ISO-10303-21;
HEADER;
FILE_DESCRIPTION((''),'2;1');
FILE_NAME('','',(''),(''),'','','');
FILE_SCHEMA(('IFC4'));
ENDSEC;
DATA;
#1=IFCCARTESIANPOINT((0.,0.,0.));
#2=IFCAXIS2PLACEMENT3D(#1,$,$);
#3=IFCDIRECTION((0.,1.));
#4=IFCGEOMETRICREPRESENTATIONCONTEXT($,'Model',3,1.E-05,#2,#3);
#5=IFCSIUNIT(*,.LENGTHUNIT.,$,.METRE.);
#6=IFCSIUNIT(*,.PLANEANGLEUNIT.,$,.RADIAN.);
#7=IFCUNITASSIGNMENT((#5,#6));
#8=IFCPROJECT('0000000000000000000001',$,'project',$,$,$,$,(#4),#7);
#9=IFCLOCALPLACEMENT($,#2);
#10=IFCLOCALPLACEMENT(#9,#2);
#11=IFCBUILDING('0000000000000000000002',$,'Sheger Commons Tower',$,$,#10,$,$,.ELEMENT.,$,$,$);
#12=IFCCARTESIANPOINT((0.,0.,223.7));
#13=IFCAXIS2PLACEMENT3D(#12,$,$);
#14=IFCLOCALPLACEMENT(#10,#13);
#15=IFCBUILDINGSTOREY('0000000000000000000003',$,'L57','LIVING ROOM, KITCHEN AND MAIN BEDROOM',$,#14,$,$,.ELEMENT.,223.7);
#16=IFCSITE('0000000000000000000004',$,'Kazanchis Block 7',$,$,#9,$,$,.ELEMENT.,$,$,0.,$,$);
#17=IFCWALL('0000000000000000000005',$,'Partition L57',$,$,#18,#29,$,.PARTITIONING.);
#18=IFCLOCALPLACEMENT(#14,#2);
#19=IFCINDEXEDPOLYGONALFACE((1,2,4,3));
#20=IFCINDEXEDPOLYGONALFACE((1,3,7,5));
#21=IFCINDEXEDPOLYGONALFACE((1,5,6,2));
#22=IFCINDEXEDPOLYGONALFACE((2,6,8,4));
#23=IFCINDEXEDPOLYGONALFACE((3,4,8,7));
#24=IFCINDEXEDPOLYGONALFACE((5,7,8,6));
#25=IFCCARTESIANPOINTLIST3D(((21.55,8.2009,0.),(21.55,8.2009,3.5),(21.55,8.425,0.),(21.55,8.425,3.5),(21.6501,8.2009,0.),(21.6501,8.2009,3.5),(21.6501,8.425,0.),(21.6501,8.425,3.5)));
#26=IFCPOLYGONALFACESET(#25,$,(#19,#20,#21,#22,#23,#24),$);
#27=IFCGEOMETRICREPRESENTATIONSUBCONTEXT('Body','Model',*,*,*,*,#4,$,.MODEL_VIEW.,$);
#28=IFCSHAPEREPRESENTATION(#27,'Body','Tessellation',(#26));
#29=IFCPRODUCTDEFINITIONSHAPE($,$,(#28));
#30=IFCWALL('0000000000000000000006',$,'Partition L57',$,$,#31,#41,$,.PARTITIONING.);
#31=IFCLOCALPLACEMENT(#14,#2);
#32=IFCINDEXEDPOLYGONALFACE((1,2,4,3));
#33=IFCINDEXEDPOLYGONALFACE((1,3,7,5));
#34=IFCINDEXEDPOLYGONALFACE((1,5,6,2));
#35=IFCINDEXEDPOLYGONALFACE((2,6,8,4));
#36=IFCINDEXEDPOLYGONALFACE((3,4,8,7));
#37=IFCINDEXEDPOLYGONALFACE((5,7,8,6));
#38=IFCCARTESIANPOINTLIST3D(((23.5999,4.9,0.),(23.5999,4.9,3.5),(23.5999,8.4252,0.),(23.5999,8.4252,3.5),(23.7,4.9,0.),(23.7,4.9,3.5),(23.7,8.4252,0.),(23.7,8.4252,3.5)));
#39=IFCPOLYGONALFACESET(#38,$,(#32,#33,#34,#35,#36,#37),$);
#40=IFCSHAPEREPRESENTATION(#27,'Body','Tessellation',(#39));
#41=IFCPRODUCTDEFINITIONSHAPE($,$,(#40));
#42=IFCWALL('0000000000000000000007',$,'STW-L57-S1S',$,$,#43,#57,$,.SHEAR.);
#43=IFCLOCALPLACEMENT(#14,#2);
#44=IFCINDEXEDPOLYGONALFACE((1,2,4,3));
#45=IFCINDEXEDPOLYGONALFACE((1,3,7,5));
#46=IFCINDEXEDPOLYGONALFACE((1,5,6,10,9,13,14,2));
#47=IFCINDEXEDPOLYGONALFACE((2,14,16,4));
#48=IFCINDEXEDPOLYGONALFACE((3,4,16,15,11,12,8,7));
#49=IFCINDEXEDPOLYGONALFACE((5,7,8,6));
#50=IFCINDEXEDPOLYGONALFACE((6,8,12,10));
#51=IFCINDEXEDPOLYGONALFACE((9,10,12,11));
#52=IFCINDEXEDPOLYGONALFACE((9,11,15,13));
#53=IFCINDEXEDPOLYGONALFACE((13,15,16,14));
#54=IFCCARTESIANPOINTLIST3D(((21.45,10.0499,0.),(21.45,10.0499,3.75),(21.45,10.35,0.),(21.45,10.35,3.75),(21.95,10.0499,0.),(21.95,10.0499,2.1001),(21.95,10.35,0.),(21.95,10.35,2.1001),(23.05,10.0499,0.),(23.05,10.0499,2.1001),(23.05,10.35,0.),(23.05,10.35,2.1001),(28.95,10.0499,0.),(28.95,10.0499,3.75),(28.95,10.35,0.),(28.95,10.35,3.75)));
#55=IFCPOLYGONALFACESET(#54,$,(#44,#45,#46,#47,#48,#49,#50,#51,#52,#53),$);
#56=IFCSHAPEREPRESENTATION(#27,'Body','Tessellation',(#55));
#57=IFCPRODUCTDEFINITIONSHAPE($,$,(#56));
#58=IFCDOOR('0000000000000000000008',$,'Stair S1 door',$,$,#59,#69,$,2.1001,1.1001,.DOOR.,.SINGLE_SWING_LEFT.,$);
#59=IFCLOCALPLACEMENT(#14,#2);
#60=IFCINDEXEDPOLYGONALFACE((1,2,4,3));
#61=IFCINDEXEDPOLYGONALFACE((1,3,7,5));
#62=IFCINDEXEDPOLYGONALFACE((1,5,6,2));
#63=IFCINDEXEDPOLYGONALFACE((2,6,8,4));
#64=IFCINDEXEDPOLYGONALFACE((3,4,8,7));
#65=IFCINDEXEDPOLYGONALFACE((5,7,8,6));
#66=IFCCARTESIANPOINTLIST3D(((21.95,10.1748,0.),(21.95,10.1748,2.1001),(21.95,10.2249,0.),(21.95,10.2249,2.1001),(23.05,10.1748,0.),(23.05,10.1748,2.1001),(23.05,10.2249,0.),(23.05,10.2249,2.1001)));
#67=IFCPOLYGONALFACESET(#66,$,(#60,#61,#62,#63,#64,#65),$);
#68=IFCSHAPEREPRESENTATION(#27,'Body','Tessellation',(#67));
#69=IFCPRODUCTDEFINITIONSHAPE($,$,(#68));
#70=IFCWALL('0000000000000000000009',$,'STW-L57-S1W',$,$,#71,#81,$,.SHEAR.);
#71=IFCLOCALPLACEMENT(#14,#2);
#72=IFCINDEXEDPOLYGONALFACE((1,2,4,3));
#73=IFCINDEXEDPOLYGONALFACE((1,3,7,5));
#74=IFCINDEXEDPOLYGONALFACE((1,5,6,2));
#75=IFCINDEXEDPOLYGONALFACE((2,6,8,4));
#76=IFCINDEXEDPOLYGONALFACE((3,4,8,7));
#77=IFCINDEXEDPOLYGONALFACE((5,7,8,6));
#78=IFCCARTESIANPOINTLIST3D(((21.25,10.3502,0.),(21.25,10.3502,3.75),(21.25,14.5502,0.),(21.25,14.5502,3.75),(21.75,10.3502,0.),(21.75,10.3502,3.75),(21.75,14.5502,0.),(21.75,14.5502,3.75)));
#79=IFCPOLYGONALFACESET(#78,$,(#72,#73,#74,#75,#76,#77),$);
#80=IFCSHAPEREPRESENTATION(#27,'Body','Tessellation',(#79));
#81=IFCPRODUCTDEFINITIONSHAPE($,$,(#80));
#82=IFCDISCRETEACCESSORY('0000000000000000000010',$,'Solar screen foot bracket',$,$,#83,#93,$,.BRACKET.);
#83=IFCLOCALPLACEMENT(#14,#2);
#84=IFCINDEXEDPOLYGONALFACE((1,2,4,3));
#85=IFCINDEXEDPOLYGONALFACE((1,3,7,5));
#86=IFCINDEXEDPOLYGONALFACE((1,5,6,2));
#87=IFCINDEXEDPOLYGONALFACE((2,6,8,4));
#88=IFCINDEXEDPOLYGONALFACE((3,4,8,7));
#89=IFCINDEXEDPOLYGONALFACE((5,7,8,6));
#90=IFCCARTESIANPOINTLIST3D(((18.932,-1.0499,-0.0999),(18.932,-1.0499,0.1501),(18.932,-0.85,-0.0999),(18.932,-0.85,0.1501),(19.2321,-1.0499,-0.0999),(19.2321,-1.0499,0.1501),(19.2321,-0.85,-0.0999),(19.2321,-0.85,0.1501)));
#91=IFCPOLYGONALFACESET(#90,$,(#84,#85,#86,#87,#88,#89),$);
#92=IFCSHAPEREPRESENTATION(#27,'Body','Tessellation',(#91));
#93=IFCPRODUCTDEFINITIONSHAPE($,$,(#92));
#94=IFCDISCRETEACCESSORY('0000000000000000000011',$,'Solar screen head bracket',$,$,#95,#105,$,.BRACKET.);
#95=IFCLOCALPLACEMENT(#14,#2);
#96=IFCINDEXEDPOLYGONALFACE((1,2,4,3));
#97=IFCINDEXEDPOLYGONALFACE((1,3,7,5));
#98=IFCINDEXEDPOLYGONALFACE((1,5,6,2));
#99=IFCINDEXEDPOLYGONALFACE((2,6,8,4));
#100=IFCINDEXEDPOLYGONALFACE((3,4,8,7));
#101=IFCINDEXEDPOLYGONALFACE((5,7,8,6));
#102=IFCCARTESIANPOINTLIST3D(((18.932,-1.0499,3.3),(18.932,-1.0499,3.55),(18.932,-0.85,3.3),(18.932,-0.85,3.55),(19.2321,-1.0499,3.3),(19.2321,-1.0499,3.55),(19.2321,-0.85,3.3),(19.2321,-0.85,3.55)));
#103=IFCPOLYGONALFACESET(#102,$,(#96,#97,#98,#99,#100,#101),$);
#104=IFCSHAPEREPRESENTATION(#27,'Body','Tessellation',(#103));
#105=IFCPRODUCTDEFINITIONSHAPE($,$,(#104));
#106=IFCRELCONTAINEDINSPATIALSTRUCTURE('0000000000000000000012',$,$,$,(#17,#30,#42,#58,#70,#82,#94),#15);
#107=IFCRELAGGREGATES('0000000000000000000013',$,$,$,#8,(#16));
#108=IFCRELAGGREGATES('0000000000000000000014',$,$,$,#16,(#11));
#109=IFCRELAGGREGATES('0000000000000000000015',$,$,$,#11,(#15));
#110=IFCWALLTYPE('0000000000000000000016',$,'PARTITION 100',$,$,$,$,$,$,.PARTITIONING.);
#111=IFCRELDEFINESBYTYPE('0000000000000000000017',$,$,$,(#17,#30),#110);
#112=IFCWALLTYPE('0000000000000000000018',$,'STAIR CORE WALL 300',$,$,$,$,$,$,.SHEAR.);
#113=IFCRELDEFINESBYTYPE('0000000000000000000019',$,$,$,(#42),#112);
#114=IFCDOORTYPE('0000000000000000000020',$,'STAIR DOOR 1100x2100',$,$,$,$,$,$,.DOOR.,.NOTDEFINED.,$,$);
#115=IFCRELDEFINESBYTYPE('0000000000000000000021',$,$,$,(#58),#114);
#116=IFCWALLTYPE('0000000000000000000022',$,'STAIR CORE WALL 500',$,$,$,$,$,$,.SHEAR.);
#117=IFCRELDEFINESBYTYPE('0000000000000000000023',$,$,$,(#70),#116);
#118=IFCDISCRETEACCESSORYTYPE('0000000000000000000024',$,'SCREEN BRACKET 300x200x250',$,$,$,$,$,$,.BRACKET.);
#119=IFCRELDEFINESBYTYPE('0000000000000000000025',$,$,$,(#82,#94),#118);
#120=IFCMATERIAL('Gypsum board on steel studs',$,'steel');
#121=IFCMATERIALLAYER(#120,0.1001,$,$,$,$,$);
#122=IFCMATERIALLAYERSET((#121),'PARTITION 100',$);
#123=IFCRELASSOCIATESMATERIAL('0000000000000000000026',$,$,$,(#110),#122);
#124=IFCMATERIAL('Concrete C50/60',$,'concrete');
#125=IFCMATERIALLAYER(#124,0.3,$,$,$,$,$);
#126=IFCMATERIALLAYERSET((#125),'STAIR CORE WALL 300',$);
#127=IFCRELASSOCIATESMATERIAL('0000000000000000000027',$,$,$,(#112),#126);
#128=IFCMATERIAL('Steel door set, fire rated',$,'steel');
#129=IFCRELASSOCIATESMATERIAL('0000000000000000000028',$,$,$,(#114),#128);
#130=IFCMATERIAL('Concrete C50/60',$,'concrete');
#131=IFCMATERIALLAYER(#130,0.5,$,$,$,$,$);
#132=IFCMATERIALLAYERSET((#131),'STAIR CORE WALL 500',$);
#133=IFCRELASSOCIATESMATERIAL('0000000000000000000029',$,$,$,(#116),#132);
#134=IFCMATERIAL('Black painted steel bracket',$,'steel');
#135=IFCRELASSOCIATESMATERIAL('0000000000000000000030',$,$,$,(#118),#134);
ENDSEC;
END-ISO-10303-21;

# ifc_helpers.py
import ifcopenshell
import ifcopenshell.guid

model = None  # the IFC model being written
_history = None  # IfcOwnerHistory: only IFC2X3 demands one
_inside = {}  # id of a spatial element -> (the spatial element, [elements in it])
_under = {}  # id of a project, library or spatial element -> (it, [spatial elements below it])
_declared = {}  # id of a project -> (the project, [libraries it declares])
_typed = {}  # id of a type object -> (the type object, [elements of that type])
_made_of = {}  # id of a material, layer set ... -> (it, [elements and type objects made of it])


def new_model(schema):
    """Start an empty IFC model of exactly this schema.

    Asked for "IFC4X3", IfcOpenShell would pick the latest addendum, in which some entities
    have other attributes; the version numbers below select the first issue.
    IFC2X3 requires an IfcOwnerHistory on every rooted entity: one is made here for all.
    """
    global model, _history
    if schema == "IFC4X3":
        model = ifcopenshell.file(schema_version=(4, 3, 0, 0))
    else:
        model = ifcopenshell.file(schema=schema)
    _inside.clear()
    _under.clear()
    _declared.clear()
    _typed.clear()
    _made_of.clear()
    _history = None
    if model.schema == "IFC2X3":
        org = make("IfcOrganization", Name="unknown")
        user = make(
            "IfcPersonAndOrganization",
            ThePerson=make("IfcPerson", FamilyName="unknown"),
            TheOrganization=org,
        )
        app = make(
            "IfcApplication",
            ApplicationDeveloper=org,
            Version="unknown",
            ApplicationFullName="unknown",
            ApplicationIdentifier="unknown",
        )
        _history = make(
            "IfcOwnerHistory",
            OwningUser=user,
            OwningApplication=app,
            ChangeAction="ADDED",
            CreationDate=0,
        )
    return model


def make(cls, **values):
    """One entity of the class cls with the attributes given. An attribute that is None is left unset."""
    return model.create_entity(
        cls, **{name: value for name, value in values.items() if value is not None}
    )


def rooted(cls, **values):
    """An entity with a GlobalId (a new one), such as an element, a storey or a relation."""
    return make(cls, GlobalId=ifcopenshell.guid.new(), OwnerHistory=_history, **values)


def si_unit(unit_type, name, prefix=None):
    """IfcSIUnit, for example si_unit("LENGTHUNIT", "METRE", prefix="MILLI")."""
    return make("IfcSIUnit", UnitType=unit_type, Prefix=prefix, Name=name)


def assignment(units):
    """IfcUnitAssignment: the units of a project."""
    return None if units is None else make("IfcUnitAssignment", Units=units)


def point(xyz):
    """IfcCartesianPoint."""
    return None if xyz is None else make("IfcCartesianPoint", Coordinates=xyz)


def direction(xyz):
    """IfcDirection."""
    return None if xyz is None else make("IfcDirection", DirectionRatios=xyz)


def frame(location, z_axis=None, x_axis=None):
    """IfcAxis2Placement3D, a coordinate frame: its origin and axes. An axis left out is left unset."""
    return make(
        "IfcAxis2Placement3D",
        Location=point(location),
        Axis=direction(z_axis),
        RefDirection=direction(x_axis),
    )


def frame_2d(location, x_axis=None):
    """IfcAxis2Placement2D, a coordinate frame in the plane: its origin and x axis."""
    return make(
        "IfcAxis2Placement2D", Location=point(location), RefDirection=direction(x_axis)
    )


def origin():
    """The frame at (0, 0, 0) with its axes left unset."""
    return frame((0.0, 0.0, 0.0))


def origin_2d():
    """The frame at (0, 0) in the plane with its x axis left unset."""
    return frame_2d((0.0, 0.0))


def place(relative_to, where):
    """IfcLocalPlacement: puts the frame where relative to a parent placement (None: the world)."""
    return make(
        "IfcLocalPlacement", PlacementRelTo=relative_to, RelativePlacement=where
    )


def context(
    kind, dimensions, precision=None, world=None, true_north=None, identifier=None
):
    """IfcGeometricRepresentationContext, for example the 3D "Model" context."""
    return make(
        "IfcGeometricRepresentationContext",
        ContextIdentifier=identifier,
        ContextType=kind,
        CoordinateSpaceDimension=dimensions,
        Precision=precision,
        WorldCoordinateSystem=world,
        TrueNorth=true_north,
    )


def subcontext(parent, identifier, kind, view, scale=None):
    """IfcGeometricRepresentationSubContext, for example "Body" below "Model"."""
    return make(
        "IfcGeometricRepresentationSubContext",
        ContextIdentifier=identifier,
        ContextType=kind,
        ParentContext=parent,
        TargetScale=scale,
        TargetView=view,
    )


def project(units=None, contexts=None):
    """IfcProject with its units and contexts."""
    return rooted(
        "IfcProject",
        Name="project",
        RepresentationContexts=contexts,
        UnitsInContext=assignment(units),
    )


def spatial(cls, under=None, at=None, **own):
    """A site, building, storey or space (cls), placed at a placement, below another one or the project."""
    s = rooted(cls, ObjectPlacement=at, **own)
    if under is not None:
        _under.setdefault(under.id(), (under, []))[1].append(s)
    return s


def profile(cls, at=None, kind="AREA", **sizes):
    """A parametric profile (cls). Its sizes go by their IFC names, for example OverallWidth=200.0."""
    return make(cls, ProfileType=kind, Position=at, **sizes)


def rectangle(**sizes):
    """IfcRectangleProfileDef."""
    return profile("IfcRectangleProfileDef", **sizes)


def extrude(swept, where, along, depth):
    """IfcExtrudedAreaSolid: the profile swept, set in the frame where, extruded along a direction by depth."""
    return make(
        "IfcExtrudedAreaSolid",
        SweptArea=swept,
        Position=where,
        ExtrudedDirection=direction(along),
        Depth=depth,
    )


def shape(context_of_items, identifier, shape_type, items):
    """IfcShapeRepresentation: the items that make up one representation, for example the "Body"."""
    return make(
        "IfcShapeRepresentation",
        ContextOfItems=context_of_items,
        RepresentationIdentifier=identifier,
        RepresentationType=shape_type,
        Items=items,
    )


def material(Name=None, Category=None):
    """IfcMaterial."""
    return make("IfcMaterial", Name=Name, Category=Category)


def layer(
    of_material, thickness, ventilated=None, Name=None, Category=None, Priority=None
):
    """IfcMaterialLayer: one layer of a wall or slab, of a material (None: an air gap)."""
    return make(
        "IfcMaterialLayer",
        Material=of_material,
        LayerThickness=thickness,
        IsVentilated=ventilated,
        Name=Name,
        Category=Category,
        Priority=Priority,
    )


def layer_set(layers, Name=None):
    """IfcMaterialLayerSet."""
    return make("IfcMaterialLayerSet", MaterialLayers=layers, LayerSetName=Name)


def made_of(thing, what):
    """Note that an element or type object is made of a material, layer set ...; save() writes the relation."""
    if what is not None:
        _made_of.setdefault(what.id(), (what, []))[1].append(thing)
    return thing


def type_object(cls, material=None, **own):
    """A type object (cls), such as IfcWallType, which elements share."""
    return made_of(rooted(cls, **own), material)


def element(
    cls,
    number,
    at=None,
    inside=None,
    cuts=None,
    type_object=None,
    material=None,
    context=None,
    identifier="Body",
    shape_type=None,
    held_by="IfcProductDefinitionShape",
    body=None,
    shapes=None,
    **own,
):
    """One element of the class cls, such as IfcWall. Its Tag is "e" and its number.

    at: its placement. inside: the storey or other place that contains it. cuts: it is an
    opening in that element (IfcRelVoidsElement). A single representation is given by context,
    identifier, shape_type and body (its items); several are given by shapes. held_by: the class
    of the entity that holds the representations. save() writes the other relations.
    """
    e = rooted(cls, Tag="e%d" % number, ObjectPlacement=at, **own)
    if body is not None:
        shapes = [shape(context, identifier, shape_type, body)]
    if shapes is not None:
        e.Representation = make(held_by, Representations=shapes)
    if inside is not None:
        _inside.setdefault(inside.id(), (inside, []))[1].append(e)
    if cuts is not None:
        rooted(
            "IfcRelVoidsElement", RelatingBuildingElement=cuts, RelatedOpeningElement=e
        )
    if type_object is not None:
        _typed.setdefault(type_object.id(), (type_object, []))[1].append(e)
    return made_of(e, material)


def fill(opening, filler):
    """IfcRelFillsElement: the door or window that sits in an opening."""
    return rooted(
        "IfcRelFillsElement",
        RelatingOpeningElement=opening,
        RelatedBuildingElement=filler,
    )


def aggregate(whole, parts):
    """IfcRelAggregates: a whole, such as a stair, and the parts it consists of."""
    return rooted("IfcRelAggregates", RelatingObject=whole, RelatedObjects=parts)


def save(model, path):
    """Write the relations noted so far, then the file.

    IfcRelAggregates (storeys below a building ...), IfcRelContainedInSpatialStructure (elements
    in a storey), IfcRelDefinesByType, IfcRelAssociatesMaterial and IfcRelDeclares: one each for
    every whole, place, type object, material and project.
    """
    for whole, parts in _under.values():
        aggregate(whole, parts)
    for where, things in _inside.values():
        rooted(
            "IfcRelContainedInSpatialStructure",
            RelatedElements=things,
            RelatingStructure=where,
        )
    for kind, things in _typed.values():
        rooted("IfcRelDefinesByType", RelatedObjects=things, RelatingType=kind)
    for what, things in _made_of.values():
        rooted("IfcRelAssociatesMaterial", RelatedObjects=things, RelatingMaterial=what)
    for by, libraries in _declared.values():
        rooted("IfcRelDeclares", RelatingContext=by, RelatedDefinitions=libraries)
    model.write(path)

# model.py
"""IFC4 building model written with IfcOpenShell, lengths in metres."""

from ifc_helpers import new_model, si_unit, direction, frame, frame_2d, origin, origin_2d, place, context, subcontext, project, spatial, rectangle, extrude, material, layer, layer_set, type_object, element, fill, save


model = new_model("IFC4")

# Units and contexts
model_context = context("Model", 3, precision=1e-05, world=origin(), true_north=direction((0.0, 1.0)))
body_context = subcontext(model_context, "Body", "Model", "MODEL_VIEW")
ifc_project = project(units=[si_unit("LENGTHUNIT", "METRE"), si_unit("PLANEANGLEUNIT", "RADIAN")], contexts=[model_context])

# Site, building, storey
site_placement = place(None, origin())
site = spatial("IfcSite", under=ifc_project, at=site_placement, Name="Kazanchis Block 7", CompositionType="ELEMENT", RefElevation=0.0)
building_placement = place(site_placement, origin())
building = spatial("IfcBuilding", under=site, at=building_placement, Name="Sheger Commons Tower", CompositionType="ELEMENT")
storey_placement = place(building_placement, frame((0.0, 0.0, 223.7)))
storey = spatial("IfcBuildingStorey", under=building, at=storey_placement, Name="L57", Description="LIVING ROOM, KITCHEN AND MAIN BEDROOM", CompositionType="ELEMENT", Elevation=223.7)

# Walls
ifc_material_1 = material(Name="Gypsum board on steel studs", Category="steel")
ifc_layer_1 = layer(ifc_material_1, 0.1001)
ifc_layer_set_1 = layer_set([ifc_layer_1], Name="PARTITION 100")
wall_type_1 = type_object("IfcWallType", Name="PARTITION 100", PredefinedType="PARTITIONING", material=ifc_layer_set_1)
wall_1_placement = place(storey_placement, frame((21.6001, 8.2009, 0.0), z_axis=(0.0, 0.0, 1.0), x_axis=(0.0, 1.0, 0.0)))
element("IfcWall", 1, at=wall_1_placement, inside=storey, type_object=wall_type_1, Name="Partition L57", PredefinedType="PARTITIONING", context=body_context, shape_type="SweptSolid", body=[
    extrude(rectangle(XDim=0.2241, YDim=0.1001, at=frame_2d((0.1121, 0.0))), origin(), (0.0, 0.0, 1.0), 3.5),
])
wall_2_placement = place(storey_placement, frame((23.6499, 4.8999, 0.0), z_axis=(0.0, 0.0, 1.0), x_axis=(0.0, 1.0, 0.0)))
element("IfcWall", 2, at=wall_2_placement, inside=storey, type_object=wall_type_1, Name="Partition L57", PredefinedType="PARTITIONING", context=body_context, shape_type="SweptSolid", body=[
    extrude(rectangle(XDim=3.5251, YDim=0.1001, at=frame_2d((1.7627, 0.0))), origin(), (0.0, 0.0, 1.0), 3.5),
])

# Wall, opening, door
ifc_material_2 = material(Name="Concrete C50/60", Category="concrete")
ifc_layer_2 = layer(ifc_material_2, 0.3)
ifc_layer_set_2 = layer_set([ifc_layer_2], Name="STAIR CORE WALL 300")
wall_type_2 = type_object("IfcWallType", Name="STAIR CORE WALL 300", PredefinedType="SHEAR", material=ifc_layer_set_2)
wall_3_placement = place(storey_placement, frame((21.45, 10.2, 0.0), z_axis=(0.0, 0.0, 1.0), x_axis=(1.0, 0.0, 0.0)))
wall_3 = element("IfcWall", 3, at=wall_3_placement, inside=storey, type_object=wall_type_2, Name="STW-L57-S1S", PredefinedType="SHEAR", context=body_context, shape_type="SweptSolid", body=[
    extrude(rectangle(XDim=7.5, YDim=0.3, at=frame_2d((3.75, 0.0))), origin(), (0.0, 0.0, 1.0), 3.75),
])
opening_1_placement = place(wall_3_placement, frame((0.5, 0.0, 0.0)))
opening_1 = element("IfcOpeningElement", 4, at=opening_1_placement, cuts=wall_3, PredefinedType="OPENING", context=body_context, shape_type="SweptSolid", body=[
    extrude(rectangle(XDim=1.1001, YDim=2.1001, at=frame_2d((0.55, 1.05))), frame((0.0, 0.1599, 0.0), z_axis=(0.0, -1.0, 0.0), x_axis=(1.0, 0.0, 0.0)), (0.0, 0.0, 1.0), 0.3201),
])
ifc_material_3 = material(Name="Steel door set, fire rated", Category="steel")
door_type = type_object("IfcDoorType", Name="STAIR DOOR 1100x2100", OperationType="NOTDEFINED", PredefinedType="DOOR", material=ifc_material_3)
door_placement = place(opening_1_placement, origin())
door = element("IfcDoor", 5, at=door_placement, inside=storey, type_object=door_type, Name="Stair S1 door", OperationType="SINGLE_SWING_LEFT", OverallHeight=2.1001, OverallWidth=1.1001, PredefinedType="DOOR", context=body_context, shape_type="SweptSolid", body=[
    extrude(rectangle(XDim=1.1001, YDim=2.1001, at=frame_2d((0.55, 1.05))), frame((0.0, 0.0249, 0.0), z_axis=(0.0, -1.0, 0.0), x_axis=(1.0, 0.0, 0.0)), (0.0, 0.0, 1.0), 0.05),
])
fill(opening_1, door)

# Wall
ifc_material_4 = material(Name="Concrete C50/60", Category="concrete")
ifc_layer_3 = layer(ifc_material_4, 0.5)
ifc_layer_set_3 = layer_set([ifc_layer_3], Name="STAIR CORE WALL 500")
wall_type_3 = type_object("IfcWallType", Name="STAIR CORE WALL 500", PredefinedType="SHEAR", material=ifc_layer_set_3)
wall_4_placement = place(storey_placement, frame((21.5, 10.3501, 0.0), z_axis=(0.0, 0.0, 1.0), x_axis=(0.0, 1.0, 0.0)))
element("IfcWall", 6, at=wall_4_placement, inside=storey, type_object=wall_type_3, Name="STW-L57-S1W", PredefinedType="SHEAR", context=body_context, shape_type="SweptSolid", body=[
    extrude(rectangle(XDim=4.2, YDim=0.5, at=frame_2d((2.1001, 0.0))), origin(), (0.0, 0.0, 1.0), 3.75),
])

# Discrete accessories
ifc_material_5 = material(Name="Black painted steel bracket", Category="steel")
discrete_accessory_type = type_object("IfcDiscreteAccessoryType", Name="SCREEN BRACKET 300x200x250", PredefinedType="BRACKET", material=ifc_material_5)
for number, where, z_axis, x_axis, name in (
    (7, (19.082, -0.95, -0.0999), (0.0, 0.0, 1.0), (1.0, 0.0, 0.0), "Solar screen foot bracket"),
    (8, (19.082, -0.95, 3.3), (0.0, 0.0, 1.0), (1.0, 0.0, 0.0), "Solar screen head bracket"),
):
    element("IfcDiscreteAccessory", number, at=place(storey_placement, frame(where, z_axis=z_axis, x_axis=x_axis)), inside=storey, type_object=discrete_accessory_type, Name=name, PredefinedType="BRACKET", context=body_context, shape_type="SweptSolid", body=[
        extrude(rectangle(XDim=0.3, YDim=0.2, at=origin_2d()), origin(), (0.0, 0.0, 1.0), 0.25),
    ])

save(model, "model.ifc")
